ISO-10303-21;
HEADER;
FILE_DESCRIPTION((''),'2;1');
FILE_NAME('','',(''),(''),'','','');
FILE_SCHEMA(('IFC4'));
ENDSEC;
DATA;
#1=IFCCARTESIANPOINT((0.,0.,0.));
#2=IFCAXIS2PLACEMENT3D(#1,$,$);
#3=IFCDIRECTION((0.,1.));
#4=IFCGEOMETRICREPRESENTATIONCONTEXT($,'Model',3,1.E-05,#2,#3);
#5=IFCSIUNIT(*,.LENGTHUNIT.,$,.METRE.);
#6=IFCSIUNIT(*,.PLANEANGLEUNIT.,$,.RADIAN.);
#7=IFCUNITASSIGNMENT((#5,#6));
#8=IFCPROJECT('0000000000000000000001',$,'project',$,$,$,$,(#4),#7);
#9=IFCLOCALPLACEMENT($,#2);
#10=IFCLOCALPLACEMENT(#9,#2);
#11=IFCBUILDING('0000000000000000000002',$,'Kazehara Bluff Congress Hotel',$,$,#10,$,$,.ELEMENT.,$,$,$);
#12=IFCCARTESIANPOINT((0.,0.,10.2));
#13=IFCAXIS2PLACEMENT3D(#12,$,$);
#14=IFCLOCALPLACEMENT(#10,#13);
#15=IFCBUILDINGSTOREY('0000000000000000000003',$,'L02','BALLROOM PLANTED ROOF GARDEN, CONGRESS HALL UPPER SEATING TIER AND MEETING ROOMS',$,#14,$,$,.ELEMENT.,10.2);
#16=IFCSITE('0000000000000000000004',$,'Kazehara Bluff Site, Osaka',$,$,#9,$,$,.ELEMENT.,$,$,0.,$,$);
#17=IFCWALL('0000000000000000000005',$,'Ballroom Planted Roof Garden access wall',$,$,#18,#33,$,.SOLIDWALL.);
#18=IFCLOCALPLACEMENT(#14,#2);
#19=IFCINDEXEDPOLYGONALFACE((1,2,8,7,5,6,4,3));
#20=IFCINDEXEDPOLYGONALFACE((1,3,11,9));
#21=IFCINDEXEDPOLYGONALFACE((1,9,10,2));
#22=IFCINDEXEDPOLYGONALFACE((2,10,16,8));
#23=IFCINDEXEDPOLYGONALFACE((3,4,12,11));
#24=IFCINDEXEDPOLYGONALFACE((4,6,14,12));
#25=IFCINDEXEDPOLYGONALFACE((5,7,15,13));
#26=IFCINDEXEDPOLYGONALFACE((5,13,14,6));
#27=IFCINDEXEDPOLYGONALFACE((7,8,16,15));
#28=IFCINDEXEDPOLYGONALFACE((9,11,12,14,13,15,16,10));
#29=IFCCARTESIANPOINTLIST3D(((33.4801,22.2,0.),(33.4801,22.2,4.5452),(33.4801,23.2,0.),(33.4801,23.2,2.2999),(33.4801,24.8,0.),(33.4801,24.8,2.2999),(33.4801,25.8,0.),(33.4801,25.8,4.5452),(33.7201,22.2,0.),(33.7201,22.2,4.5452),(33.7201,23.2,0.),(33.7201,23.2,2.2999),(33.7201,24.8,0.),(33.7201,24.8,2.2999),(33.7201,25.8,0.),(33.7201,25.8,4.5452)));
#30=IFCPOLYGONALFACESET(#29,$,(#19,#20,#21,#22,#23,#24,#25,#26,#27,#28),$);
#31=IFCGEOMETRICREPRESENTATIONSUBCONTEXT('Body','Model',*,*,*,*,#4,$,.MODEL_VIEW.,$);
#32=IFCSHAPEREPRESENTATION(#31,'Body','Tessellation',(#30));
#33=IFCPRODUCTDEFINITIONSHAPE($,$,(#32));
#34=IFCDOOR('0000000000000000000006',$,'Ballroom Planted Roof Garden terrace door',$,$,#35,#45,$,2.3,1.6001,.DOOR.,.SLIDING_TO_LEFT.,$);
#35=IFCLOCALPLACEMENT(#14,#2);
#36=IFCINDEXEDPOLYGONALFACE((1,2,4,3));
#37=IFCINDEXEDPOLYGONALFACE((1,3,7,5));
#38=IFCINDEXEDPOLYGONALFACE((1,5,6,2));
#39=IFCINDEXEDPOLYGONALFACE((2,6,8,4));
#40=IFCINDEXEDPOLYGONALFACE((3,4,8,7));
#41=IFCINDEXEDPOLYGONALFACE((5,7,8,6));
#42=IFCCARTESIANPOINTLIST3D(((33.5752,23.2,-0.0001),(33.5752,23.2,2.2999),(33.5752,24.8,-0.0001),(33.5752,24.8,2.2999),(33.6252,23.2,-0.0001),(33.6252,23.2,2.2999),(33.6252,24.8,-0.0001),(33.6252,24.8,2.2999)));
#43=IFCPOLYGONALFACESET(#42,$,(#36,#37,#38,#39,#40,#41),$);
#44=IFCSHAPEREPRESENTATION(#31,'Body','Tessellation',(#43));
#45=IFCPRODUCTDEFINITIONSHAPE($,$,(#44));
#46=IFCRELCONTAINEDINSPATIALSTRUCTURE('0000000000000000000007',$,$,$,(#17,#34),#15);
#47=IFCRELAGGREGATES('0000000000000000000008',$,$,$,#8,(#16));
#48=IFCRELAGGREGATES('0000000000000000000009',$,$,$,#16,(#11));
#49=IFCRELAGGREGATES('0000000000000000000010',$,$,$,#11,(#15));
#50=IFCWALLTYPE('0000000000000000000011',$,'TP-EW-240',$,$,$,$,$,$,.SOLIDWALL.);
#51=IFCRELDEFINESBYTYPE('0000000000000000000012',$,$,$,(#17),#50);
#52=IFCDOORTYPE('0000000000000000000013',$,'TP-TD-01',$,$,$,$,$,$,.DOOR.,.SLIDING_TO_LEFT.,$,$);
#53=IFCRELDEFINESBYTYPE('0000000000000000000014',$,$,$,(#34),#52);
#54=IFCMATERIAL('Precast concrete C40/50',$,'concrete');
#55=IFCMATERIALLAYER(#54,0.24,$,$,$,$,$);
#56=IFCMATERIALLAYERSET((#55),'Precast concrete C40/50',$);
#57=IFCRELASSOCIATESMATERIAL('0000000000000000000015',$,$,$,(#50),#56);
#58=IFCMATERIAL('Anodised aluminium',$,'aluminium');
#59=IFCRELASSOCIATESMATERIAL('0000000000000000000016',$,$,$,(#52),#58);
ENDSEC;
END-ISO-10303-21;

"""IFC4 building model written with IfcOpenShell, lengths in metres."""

from ifc_helpers import new_model, si_unit, direction, frame, frame_2d, origin, place, context, subcontext, project, spatial, rectangle, extrude, material, layer, layer_set, type_object, element, fill, save


model = new_model("IFC4")

# Units and contexts
model_context = context("Model", 3, precision=1e-05, world=origin(), true_north=direction((0.0, 1.0)))
body_context = subcontext(model_context, "Body", "Model", "MODEL_VIEW")
ifc_project = project(units=[si_unit("LENGTHUNIT", "METRE"), si_unit("PLANEANGLEUNIT", "RADIAN")], contexts=[model_context])

# Site, building, storey
site_placement = place(None, origin())
site = spatial("IfcSite", under=ifc_project, at=site_placement, Name="Kazehara Bluff Site, Osaka", CompositionType="ELEMENT", RefElevation=0.0)
building_placement = place(site_placement, origin())
building = spatial("IfcBuilding", under=site, at=building_placement, Name="Kazehara Bluff Congress Hotel", CompositionType="ELEMENT")
storey_placement = place(building_placement, frame((0.0, 0.0, 10.2)))
storey = spatial("IfcBuildingStorey", under=building, at=storey_placement, Name="L02", Description="BALLROOM PLANTED ROOF GARDEN, CONGRESS HALL UPPER SEATING TIER AND MEETING ROOMS", CompositionType="ELEMENT", Elevation=10.2)

# Wall, opening, door
ifc_material_1 = material(Name="Precast concrete C40/50", Category="concrete")
ifc_layer_1 = layer(ifc_material_1, 0.24)
ifc_layer_set_1 = layer_set([ifc_layer_1], Name="Precast concrete C40/50")
wall_type_1 = type_object("IfcWallType", Name="TP-EW-240", PredefinedType="SOLIDWALL", material=ifc_layer_set_1)
wall_1_placement = place(storey_placement, frame((33.6001, 22.2, 0.0), z_axis=(0.0, 0.0, 1.0), x_axis=(0.0, 1.0, 0.0)))
wall_1 = element("IfcWall", 1, at=wall_1_placement, inside=storey, type_object=wall_type_1, Name="Ballroom Planted Roof Garden access wall", PredefinedType="SOLIDWALL", context=body_context, shape_type="SweptSolid", body=[
    extrude(rectangle(XDim=3.6001, YDim=0.24, at=frame_2d((1.8, 0.0))), origin(), (0.0, 0.0, 1.0), 4.5452),
])
opening_placement = place(wall_1_placement, frame((1.0, 0.0, 0.0)))
opening = element("IfcOpeningElement", 2, at=opening_placement, cuts=wall_1, PredefinedType="OPENING", context=body_context, shape_type="SweptSolid", body=[
    extrude(rectangle(XDim=1.6001, YDim=2.3, at=frame_2d((0.8, 1.1499))), frame((0.0, 0.1299, 0.0), z_axis=(0.0, -1.0, 0.0), x_axis=(1.0, 0.0, 0.0)), (0.0, 0.0, 1.0), 0.26),
])
ifc_material_2 = material(Name="Anodised aluminium", Category="aluminium")
door_type = type_object("IfcDoorType", Name="TP-TD-01", OperationType="SLIDING_TO_LEFT", PredefinedType="DOOR", material=ifc_material_2)
door_placement = place(opening_placement, origin())
door = element("IfcDoor", 3, at=door_placement, inside=storey, type_object=door_type, Name="Ballroom Planted Roof Garden terrace door", OperationType="SLIDING_TO_LEFT", OverallHeight=2.3, OverallWidth=1.6001, PredefinedType="DOOR", context=body_context, shape_type="SweptSolid", body=[
    extrude(rectangle(XDim=1.6001, YDim=2.3, at=frame_2d((0.8, 1.1499))), frame((0.0, 0.0249, 0.0), z_axis=(0.0, -1.0, 0.0), x_axis=(1.0, 0.0, 0.0)), (0.0, 0.0, 1.0), 0.05),
])
fill(opening, door)

save(model, "model.ifc")
